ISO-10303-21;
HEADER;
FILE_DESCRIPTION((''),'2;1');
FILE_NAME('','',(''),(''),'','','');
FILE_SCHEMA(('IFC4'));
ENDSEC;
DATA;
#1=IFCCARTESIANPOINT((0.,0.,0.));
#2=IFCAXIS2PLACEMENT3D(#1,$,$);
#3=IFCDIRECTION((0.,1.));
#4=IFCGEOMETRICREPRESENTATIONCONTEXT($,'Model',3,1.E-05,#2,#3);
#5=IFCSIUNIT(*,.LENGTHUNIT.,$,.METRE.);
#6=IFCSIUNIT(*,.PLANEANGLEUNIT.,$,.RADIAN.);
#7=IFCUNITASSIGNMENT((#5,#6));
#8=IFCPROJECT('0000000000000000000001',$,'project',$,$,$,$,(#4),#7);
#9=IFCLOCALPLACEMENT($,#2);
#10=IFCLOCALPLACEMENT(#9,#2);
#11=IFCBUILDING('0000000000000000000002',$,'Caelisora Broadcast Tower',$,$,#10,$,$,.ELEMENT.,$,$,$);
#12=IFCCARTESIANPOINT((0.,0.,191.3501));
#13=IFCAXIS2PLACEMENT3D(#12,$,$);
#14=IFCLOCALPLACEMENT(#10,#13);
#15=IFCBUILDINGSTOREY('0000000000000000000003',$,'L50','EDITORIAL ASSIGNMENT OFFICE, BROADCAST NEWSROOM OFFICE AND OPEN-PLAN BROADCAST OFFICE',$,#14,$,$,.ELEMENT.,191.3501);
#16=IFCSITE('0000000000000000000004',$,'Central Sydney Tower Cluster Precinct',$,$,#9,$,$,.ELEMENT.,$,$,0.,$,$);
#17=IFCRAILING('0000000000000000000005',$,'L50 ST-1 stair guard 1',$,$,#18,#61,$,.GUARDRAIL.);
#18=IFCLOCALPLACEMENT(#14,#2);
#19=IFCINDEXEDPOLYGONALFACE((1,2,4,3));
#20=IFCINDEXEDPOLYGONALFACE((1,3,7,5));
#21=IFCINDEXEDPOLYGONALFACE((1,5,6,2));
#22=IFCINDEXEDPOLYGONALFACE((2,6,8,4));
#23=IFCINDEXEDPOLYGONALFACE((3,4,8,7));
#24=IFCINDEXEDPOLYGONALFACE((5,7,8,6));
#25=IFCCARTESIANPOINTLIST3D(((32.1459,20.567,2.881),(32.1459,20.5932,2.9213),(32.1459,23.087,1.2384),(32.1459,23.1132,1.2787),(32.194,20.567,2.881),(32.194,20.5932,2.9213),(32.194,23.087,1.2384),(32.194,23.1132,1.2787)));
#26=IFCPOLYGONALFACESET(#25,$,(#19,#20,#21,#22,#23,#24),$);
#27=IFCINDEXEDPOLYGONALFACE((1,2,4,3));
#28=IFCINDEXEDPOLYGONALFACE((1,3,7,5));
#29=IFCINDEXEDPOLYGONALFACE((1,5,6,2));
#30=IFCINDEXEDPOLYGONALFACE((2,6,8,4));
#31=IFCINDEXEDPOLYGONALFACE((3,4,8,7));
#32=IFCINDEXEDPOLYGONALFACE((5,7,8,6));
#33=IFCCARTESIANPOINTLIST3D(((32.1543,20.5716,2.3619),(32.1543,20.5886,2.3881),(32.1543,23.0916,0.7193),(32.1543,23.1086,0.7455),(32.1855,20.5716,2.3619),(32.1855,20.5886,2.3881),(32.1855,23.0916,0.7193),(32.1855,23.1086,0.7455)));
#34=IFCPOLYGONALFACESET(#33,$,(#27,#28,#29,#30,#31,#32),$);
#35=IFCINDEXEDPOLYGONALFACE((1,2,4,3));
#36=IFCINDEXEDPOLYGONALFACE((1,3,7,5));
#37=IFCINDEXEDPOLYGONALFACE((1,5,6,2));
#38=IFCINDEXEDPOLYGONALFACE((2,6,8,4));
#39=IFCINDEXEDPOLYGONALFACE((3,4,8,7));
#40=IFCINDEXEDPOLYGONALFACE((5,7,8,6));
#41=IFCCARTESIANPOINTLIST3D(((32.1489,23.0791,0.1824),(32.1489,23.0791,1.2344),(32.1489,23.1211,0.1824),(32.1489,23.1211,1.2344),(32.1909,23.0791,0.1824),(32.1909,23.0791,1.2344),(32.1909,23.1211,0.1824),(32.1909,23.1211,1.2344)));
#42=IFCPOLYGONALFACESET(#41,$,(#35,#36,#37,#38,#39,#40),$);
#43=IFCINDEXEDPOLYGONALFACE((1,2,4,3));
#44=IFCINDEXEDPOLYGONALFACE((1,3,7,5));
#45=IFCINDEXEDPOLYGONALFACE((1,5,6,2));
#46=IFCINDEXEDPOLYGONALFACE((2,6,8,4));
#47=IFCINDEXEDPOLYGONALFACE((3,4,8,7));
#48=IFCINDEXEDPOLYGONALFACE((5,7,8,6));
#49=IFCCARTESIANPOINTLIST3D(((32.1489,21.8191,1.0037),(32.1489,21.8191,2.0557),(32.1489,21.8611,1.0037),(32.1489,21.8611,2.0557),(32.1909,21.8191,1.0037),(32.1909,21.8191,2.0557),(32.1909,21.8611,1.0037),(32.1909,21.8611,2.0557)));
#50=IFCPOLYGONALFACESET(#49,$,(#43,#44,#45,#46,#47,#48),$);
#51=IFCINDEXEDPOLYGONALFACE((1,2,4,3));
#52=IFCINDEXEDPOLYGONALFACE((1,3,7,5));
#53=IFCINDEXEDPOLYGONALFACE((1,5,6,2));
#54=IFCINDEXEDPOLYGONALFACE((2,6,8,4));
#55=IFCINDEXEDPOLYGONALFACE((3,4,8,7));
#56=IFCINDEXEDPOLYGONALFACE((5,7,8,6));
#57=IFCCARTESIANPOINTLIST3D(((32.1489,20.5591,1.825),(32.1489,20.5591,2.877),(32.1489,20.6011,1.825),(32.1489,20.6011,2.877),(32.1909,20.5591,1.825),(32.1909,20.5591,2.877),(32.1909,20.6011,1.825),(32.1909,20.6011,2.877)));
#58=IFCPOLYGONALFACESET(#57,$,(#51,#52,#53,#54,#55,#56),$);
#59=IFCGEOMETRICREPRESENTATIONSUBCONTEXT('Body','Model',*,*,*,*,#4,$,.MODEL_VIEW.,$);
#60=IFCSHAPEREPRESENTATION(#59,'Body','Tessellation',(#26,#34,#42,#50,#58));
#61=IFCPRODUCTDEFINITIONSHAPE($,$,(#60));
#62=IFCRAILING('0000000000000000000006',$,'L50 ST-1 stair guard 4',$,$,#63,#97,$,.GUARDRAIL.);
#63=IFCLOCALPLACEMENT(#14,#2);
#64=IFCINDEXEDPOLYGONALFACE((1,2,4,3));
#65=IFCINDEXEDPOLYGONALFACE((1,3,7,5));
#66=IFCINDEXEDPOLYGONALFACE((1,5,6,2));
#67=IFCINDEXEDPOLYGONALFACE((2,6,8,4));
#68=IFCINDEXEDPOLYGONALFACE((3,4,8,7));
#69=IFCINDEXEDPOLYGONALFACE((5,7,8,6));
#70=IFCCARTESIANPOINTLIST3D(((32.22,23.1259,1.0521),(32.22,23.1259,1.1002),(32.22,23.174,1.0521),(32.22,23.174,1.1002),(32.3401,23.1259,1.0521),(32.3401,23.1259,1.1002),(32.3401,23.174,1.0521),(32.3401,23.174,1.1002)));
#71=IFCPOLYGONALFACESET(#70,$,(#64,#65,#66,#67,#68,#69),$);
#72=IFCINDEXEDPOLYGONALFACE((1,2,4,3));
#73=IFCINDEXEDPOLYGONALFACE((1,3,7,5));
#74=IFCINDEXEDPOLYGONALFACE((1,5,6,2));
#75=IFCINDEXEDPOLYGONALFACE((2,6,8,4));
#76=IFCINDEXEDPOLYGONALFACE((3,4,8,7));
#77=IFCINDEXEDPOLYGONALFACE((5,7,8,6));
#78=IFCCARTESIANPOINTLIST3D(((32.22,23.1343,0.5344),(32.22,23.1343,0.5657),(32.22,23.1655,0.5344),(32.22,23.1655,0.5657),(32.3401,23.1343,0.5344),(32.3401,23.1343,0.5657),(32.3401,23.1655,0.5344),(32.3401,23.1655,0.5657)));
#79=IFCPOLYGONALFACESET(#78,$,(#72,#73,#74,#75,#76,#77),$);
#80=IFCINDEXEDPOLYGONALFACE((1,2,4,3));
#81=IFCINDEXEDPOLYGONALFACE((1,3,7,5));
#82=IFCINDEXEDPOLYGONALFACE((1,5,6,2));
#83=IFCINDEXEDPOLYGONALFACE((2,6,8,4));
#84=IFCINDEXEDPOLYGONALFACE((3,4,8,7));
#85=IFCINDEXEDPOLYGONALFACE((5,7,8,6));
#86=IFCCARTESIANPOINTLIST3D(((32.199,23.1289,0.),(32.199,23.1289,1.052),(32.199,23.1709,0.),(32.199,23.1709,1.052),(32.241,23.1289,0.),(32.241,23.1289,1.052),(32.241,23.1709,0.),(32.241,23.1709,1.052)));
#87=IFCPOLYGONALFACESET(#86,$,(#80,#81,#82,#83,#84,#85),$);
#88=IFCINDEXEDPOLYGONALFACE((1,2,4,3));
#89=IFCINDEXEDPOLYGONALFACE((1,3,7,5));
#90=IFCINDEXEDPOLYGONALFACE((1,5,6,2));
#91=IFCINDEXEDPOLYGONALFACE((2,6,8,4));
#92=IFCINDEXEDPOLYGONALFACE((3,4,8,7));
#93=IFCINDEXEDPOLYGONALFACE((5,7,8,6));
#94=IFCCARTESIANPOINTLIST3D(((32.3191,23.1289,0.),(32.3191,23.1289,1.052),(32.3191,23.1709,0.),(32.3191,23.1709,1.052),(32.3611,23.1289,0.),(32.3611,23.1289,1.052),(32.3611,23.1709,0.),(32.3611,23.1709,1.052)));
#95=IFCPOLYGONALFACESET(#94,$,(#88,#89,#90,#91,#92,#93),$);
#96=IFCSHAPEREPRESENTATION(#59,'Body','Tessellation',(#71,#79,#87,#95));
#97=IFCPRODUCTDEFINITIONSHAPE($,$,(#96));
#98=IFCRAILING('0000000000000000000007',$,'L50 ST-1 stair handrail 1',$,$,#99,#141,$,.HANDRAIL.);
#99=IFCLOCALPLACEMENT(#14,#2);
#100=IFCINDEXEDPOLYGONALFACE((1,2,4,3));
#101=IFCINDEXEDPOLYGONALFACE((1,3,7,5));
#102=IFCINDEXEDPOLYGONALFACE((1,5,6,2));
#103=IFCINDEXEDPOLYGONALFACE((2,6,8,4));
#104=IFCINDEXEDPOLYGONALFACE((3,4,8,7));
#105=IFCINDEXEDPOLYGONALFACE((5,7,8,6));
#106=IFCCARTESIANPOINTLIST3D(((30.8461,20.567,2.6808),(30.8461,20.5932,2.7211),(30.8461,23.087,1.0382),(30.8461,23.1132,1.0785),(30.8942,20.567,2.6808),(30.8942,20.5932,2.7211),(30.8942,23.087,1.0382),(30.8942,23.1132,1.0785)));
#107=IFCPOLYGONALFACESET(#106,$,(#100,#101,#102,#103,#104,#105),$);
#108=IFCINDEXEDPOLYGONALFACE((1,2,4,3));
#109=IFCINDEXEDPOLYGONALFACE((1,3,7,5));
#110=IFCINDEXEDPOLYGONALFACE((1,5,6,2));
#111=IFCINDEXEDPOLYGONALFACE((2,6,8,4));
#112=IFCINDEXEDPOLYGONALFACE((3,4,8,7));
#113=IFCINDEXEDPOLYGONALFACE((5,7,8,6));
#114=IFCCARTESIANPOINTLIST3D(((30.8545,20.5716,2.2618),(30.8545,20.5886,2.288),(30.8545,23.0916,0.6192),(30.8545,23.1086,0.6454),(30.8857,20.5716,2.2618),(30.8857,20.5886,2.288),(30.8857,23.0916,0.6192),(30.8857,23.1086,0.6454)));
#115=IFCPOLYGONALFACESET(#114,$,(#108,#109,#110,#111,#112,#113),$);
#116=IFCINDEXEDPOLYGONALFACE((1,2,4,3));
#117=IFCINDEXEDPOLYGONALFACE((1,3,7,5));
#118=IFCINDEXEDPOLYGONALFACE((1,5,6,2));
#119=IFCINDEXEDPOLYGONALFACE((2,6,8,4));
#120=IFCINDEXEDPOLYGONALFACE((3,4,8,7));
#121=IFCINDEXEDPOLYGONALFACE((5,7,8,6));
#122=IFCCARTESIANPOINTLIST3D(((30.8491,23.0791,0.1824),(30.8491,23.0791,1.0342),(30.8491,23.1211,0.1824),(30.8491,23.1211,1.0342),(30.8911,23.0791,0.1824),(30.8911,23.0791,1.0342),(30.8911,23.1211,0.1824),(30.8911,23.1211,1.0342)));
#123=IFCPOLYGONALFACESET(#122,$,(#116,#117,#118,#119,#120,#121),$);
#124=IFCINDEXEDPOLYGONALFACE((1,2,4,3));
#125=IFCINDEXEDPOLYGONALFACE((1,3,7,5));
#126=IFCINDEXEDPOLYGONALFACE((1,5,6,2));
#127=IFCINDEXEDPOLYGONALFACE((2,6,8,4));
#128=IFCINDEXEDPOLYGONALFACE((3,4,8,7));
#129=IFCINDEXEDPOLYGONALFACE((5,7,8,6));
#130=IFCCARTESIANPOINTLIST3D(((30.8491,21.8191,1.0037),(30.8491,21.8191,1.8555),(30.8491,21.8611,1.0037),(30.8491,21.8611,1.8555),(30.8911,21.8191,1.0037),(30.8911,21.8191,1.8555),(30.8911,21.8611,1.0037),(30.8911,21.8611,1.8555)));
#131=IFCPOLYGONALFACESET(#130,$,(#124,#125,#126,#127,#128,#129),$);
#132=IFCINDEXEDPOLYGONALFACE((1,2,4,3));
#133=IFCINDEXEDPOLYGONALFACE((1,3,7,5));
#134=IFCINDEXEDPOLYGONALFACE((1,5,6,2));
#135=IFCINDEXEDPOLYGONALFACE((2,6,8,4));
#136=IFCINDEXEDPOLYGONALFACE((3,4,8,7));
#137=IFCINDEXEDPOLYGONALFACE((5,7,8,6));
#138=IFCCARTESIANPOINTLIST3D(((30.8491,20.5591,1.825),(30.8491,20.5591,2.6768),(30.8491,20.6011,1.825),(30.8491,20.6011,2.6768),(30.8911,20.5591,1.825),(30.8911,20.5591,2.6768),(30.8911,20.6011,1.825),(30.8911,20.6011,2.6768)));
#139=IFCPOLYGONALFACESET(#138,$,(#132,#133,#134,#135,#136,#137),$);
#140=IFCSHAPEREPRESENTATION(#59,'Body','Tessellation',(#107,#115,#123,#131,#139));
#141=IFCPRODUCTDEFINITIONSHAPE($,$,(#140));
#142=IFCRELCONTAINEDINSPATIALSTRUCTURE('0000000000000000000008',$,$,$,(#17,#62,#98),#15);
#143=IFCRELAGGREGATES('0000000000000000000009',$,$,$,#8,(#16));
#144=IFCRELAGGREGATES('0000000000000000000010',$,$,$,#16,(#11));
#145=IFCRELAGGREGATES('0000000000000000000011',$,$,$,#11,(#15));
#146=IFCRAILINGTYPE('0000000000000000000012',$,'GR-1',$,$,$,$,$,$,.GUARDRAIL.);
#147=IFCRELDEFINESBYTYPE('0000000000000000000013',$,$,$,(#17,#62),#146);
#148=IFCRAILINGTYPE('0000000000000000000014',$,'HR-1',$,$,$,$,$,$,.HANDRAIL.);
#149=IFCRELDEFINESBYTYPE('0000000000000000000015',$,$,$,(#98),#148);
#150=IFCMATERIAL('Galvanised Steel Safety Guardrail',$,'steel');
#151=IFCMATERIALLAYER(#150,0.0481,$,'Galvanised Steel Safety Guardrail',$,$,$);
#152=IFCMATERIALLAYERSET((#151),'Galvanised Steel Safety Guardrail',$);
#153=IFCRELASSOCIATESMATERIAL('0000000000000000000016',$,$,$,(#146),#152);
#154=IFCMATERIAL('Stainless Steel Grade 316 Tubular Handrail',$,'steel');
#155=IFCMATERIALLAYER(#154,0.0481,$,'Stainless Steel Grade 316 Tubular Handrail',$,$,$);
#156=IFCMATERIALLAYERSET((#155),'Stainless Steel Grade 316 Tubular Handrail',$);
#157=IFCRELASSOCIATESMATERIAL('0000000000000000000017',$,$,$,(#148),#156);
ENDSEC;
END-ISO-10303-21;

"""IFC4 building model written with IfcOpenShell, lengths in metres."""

from ifc_helpers import new_model, si_unit, direction, frame, origin, origin_2d, place, context, subcontext, project, spatial, rectangle, extrude, material, layer, layer_set, type_object, element, save


model = new_model("IFC4")

# Units and contexts
model_context = context("Model", 3, precision=1e-05, world=origin(), true_north=direction((0.0, 1.0)))
body_context = subcontext(model_context, "Body", "Model", "MODEL_VIEW")
ifc_project = project(units=[si_unit("LENGTHUNIT", "METRE"), si_unit("PLANEANGLEUNIT", "RADIAN")], contexts=[model_context])

# Site, building, storey
site_placement = place(None, origin())
site = spatial("IfcSite", under=ifc_project, at=site_placement, Name="Central Sydney Tower Cluster Precinct", CompositionType="ELEMENT", RefElevation=0.0)
building_placement = place(site_placement, origin())
building = spatial("IfcBuilding", under=site, at=building_placement, Name="Caelisora Broadcast Tower", CompositionType="ELEMENT")
storey_placement = place(building_placement, frame((0.0, 0.0, 191.3501)))
storey = spatial("IfcBuildingStorey", under=building, at=storey_placement, Name="L50", Description="EDITORIAL ASSIGNMENT OFFICE, BROADCAST NEWSROOM OFFICE AND OPEN-PLAN BROADCAST OFFICE", CompositionType="ELEMENT", Elevation=191.3501)

# Railings
ifc_material_1 = material(Name="Galvanised Steel Safety Guardrail", Category="steel")
ifc_layer_1 = layer(ifc_material_1, 0.0481, Name="Galvanised Steel Safety Guardrail")
ifc_layer_set_1 = layer_set([ifc_layer_1], Name="Galvanised Steel Safety Guardrail")
railing_type_1 = type_object("IfcRailingType", Name="GR-1", PredefinedType="GUARDRAIL", material=ifc_layer_set_1)
railing_1_placement = place(storey_placement, frame((32.1699, 23.1001, 0.1824)))
element("IfcRailing", 1, at=railing_1_placement, inside=storey, type_object=railing_type_1, Name="L50 ST-1 stair guard 1", PredefinedType="GUARDRAIL", context=body_context, shape_type="SweptSolid", body=[
    extrude(rectangle(XDim=0.0481, YDim=0.0481, at=origin_2d()), frame((0.0, 0.0, 1.0762), z_axis=(0.0, -0.837749, 0.546055), x_axis=(1.0, 0.0, 0.0)), (0.0, 0.0, 1.0), 3.0081),
    extrude(rectangle(XDim=0.0312, YDim=0.0312, at=origin_2d()), frame((0.0, 0.0, 0.55), z_axis=(0.0, -0.837749, 0.546055), x_axis=(1.0, 0.0, 0.0)), (0.0, 0.0, 1.0), 3.0081),
    extrude(rectangle(XDim=0.042, YDim=0.042, at=origin_2d()), origin(), (0.0, 0.0, 1.0), 1.052),
    extrude(rectangle(XDim=0.042, YDim=0.042, at=origin_2d()), frame((0.0, -1.26, 0.8213)), (0.0, 0.0, 1.0), 1.052),
    extrude(rectangle(XDim=0.042, YDim=0.042, at=origin_2d()), frame((0.0, -2.52, 1.6426)), (0.0, 0.0, 1.0), 1.052),
])
railing_2_placement = place(storey_placement, frame((32.22, 23.1499, 0.0)))
element("IfcRailing", 2, at=railing_2_placement, inside=storey, type_object=railing_type_1, Name="L50 ST-1 stair guard 4", PredefinedType="GUARDRAIL", context=body_context, shape_type="SweptSolid", body=[
    extrude(rectangle(XDim=0.0481, YDim=0.0481, at=origin_2d()), frame((0.0, 0.0, 1.0762), z_axis=(1.0, 0.0, 0.0), x_axis=(0.0, 1.0, 0.0)), (0.0, 0.0, 1.0), 0.1201),
    extrude(rectangle(XDim=0.0312, YDim=0.0312, at=origin_2d()), frame((0.0, 0.0, 0.55), z_axis=(1.0, 0.0, 0.0), x_axis=(0.0, 1.0, 0.0)), (0.0, 0.0, 1.0), 0.1201),
    extrude(rectangle(XDim=0.042, YDim=0.042, at=origin_2d()), origin(), (0.0, 0.0, 1.0), 1.052),
    extrude(rectangle(XDim=0.042, YDim=0.042, at=origin_2d()), frame((0.1201, 0.0, 0.0)), (0.0, 0.0, 1.0), 1.052),
])
ifc_material_2 = material(Name="Stainless Steel Grade 316 Tubular Handrail", Category="steel")
ifc_layer_2 = layer(ifc_material_2, 0.0481, Name="Stainless Steel Grade 316 Tubular Handrail")
ifc_layer_set_2 = layer_set([ifc_layer_2], Name="Stainless Steel Grade 316 Tubular Handrail")
railing_type_2 = type_object("IfcRailingType", Name="HR-1", PredefinedType="HANDRAIL", material=ifc_layer_set_2)
railing_3_placement = place(storey_placement, frame((30.8701, 23.1001, 0.1824)))
element("IfcRailing", 3, at=railing_3_placement, inside=storey, type_object=railing_type_2, Name="L50 ST-1 stair handrail 1", PredefinedType="HANDRAIL", context=body_context, shape_type="SweptSolid", body=[
    extrude(rectangle(XDim=0.0481, YDim=0.0481, at=origin_2d()), frame((0.0, 0.0, 0.876), z_axis=(0.0, -0.837749, 0.546055), x_axis=(1.0, 0.0, 0.0)), (0.0, 0.0, 1.0), 3.0081),
    extrude(rectangle(XDim=0.0312, YDim=0.0312, at=origin_2d()), frame((0.0, 0.0, 0.45), z_axis=(0.0, -0.837749, 0.546055), x_axis=(1.0, 0.0, 0.0)), (0.0, 0.0, 1.0), 3.0081),
    extrude(rectangle(XDim=0.042, YDim=0.042, at=origin_2d()), origin(), (0.0, 0.0, 1.0), 0.8518),
    extrude(rectangle(XDim=0.042, YDim=0.042, at=origin_2d()), frame((0.0, -1.26, 0.8213)), (0.0, 0.0, 1.0), 0.8518),
    extrude(rectangle(XDim=0.042, YDim=0.042, at=origin_2d()), frame((0.0, -2.52, 1.6426)), (0.0, 0.0, 1.0), 0.8518),
])

save(model, "model.ifc")
